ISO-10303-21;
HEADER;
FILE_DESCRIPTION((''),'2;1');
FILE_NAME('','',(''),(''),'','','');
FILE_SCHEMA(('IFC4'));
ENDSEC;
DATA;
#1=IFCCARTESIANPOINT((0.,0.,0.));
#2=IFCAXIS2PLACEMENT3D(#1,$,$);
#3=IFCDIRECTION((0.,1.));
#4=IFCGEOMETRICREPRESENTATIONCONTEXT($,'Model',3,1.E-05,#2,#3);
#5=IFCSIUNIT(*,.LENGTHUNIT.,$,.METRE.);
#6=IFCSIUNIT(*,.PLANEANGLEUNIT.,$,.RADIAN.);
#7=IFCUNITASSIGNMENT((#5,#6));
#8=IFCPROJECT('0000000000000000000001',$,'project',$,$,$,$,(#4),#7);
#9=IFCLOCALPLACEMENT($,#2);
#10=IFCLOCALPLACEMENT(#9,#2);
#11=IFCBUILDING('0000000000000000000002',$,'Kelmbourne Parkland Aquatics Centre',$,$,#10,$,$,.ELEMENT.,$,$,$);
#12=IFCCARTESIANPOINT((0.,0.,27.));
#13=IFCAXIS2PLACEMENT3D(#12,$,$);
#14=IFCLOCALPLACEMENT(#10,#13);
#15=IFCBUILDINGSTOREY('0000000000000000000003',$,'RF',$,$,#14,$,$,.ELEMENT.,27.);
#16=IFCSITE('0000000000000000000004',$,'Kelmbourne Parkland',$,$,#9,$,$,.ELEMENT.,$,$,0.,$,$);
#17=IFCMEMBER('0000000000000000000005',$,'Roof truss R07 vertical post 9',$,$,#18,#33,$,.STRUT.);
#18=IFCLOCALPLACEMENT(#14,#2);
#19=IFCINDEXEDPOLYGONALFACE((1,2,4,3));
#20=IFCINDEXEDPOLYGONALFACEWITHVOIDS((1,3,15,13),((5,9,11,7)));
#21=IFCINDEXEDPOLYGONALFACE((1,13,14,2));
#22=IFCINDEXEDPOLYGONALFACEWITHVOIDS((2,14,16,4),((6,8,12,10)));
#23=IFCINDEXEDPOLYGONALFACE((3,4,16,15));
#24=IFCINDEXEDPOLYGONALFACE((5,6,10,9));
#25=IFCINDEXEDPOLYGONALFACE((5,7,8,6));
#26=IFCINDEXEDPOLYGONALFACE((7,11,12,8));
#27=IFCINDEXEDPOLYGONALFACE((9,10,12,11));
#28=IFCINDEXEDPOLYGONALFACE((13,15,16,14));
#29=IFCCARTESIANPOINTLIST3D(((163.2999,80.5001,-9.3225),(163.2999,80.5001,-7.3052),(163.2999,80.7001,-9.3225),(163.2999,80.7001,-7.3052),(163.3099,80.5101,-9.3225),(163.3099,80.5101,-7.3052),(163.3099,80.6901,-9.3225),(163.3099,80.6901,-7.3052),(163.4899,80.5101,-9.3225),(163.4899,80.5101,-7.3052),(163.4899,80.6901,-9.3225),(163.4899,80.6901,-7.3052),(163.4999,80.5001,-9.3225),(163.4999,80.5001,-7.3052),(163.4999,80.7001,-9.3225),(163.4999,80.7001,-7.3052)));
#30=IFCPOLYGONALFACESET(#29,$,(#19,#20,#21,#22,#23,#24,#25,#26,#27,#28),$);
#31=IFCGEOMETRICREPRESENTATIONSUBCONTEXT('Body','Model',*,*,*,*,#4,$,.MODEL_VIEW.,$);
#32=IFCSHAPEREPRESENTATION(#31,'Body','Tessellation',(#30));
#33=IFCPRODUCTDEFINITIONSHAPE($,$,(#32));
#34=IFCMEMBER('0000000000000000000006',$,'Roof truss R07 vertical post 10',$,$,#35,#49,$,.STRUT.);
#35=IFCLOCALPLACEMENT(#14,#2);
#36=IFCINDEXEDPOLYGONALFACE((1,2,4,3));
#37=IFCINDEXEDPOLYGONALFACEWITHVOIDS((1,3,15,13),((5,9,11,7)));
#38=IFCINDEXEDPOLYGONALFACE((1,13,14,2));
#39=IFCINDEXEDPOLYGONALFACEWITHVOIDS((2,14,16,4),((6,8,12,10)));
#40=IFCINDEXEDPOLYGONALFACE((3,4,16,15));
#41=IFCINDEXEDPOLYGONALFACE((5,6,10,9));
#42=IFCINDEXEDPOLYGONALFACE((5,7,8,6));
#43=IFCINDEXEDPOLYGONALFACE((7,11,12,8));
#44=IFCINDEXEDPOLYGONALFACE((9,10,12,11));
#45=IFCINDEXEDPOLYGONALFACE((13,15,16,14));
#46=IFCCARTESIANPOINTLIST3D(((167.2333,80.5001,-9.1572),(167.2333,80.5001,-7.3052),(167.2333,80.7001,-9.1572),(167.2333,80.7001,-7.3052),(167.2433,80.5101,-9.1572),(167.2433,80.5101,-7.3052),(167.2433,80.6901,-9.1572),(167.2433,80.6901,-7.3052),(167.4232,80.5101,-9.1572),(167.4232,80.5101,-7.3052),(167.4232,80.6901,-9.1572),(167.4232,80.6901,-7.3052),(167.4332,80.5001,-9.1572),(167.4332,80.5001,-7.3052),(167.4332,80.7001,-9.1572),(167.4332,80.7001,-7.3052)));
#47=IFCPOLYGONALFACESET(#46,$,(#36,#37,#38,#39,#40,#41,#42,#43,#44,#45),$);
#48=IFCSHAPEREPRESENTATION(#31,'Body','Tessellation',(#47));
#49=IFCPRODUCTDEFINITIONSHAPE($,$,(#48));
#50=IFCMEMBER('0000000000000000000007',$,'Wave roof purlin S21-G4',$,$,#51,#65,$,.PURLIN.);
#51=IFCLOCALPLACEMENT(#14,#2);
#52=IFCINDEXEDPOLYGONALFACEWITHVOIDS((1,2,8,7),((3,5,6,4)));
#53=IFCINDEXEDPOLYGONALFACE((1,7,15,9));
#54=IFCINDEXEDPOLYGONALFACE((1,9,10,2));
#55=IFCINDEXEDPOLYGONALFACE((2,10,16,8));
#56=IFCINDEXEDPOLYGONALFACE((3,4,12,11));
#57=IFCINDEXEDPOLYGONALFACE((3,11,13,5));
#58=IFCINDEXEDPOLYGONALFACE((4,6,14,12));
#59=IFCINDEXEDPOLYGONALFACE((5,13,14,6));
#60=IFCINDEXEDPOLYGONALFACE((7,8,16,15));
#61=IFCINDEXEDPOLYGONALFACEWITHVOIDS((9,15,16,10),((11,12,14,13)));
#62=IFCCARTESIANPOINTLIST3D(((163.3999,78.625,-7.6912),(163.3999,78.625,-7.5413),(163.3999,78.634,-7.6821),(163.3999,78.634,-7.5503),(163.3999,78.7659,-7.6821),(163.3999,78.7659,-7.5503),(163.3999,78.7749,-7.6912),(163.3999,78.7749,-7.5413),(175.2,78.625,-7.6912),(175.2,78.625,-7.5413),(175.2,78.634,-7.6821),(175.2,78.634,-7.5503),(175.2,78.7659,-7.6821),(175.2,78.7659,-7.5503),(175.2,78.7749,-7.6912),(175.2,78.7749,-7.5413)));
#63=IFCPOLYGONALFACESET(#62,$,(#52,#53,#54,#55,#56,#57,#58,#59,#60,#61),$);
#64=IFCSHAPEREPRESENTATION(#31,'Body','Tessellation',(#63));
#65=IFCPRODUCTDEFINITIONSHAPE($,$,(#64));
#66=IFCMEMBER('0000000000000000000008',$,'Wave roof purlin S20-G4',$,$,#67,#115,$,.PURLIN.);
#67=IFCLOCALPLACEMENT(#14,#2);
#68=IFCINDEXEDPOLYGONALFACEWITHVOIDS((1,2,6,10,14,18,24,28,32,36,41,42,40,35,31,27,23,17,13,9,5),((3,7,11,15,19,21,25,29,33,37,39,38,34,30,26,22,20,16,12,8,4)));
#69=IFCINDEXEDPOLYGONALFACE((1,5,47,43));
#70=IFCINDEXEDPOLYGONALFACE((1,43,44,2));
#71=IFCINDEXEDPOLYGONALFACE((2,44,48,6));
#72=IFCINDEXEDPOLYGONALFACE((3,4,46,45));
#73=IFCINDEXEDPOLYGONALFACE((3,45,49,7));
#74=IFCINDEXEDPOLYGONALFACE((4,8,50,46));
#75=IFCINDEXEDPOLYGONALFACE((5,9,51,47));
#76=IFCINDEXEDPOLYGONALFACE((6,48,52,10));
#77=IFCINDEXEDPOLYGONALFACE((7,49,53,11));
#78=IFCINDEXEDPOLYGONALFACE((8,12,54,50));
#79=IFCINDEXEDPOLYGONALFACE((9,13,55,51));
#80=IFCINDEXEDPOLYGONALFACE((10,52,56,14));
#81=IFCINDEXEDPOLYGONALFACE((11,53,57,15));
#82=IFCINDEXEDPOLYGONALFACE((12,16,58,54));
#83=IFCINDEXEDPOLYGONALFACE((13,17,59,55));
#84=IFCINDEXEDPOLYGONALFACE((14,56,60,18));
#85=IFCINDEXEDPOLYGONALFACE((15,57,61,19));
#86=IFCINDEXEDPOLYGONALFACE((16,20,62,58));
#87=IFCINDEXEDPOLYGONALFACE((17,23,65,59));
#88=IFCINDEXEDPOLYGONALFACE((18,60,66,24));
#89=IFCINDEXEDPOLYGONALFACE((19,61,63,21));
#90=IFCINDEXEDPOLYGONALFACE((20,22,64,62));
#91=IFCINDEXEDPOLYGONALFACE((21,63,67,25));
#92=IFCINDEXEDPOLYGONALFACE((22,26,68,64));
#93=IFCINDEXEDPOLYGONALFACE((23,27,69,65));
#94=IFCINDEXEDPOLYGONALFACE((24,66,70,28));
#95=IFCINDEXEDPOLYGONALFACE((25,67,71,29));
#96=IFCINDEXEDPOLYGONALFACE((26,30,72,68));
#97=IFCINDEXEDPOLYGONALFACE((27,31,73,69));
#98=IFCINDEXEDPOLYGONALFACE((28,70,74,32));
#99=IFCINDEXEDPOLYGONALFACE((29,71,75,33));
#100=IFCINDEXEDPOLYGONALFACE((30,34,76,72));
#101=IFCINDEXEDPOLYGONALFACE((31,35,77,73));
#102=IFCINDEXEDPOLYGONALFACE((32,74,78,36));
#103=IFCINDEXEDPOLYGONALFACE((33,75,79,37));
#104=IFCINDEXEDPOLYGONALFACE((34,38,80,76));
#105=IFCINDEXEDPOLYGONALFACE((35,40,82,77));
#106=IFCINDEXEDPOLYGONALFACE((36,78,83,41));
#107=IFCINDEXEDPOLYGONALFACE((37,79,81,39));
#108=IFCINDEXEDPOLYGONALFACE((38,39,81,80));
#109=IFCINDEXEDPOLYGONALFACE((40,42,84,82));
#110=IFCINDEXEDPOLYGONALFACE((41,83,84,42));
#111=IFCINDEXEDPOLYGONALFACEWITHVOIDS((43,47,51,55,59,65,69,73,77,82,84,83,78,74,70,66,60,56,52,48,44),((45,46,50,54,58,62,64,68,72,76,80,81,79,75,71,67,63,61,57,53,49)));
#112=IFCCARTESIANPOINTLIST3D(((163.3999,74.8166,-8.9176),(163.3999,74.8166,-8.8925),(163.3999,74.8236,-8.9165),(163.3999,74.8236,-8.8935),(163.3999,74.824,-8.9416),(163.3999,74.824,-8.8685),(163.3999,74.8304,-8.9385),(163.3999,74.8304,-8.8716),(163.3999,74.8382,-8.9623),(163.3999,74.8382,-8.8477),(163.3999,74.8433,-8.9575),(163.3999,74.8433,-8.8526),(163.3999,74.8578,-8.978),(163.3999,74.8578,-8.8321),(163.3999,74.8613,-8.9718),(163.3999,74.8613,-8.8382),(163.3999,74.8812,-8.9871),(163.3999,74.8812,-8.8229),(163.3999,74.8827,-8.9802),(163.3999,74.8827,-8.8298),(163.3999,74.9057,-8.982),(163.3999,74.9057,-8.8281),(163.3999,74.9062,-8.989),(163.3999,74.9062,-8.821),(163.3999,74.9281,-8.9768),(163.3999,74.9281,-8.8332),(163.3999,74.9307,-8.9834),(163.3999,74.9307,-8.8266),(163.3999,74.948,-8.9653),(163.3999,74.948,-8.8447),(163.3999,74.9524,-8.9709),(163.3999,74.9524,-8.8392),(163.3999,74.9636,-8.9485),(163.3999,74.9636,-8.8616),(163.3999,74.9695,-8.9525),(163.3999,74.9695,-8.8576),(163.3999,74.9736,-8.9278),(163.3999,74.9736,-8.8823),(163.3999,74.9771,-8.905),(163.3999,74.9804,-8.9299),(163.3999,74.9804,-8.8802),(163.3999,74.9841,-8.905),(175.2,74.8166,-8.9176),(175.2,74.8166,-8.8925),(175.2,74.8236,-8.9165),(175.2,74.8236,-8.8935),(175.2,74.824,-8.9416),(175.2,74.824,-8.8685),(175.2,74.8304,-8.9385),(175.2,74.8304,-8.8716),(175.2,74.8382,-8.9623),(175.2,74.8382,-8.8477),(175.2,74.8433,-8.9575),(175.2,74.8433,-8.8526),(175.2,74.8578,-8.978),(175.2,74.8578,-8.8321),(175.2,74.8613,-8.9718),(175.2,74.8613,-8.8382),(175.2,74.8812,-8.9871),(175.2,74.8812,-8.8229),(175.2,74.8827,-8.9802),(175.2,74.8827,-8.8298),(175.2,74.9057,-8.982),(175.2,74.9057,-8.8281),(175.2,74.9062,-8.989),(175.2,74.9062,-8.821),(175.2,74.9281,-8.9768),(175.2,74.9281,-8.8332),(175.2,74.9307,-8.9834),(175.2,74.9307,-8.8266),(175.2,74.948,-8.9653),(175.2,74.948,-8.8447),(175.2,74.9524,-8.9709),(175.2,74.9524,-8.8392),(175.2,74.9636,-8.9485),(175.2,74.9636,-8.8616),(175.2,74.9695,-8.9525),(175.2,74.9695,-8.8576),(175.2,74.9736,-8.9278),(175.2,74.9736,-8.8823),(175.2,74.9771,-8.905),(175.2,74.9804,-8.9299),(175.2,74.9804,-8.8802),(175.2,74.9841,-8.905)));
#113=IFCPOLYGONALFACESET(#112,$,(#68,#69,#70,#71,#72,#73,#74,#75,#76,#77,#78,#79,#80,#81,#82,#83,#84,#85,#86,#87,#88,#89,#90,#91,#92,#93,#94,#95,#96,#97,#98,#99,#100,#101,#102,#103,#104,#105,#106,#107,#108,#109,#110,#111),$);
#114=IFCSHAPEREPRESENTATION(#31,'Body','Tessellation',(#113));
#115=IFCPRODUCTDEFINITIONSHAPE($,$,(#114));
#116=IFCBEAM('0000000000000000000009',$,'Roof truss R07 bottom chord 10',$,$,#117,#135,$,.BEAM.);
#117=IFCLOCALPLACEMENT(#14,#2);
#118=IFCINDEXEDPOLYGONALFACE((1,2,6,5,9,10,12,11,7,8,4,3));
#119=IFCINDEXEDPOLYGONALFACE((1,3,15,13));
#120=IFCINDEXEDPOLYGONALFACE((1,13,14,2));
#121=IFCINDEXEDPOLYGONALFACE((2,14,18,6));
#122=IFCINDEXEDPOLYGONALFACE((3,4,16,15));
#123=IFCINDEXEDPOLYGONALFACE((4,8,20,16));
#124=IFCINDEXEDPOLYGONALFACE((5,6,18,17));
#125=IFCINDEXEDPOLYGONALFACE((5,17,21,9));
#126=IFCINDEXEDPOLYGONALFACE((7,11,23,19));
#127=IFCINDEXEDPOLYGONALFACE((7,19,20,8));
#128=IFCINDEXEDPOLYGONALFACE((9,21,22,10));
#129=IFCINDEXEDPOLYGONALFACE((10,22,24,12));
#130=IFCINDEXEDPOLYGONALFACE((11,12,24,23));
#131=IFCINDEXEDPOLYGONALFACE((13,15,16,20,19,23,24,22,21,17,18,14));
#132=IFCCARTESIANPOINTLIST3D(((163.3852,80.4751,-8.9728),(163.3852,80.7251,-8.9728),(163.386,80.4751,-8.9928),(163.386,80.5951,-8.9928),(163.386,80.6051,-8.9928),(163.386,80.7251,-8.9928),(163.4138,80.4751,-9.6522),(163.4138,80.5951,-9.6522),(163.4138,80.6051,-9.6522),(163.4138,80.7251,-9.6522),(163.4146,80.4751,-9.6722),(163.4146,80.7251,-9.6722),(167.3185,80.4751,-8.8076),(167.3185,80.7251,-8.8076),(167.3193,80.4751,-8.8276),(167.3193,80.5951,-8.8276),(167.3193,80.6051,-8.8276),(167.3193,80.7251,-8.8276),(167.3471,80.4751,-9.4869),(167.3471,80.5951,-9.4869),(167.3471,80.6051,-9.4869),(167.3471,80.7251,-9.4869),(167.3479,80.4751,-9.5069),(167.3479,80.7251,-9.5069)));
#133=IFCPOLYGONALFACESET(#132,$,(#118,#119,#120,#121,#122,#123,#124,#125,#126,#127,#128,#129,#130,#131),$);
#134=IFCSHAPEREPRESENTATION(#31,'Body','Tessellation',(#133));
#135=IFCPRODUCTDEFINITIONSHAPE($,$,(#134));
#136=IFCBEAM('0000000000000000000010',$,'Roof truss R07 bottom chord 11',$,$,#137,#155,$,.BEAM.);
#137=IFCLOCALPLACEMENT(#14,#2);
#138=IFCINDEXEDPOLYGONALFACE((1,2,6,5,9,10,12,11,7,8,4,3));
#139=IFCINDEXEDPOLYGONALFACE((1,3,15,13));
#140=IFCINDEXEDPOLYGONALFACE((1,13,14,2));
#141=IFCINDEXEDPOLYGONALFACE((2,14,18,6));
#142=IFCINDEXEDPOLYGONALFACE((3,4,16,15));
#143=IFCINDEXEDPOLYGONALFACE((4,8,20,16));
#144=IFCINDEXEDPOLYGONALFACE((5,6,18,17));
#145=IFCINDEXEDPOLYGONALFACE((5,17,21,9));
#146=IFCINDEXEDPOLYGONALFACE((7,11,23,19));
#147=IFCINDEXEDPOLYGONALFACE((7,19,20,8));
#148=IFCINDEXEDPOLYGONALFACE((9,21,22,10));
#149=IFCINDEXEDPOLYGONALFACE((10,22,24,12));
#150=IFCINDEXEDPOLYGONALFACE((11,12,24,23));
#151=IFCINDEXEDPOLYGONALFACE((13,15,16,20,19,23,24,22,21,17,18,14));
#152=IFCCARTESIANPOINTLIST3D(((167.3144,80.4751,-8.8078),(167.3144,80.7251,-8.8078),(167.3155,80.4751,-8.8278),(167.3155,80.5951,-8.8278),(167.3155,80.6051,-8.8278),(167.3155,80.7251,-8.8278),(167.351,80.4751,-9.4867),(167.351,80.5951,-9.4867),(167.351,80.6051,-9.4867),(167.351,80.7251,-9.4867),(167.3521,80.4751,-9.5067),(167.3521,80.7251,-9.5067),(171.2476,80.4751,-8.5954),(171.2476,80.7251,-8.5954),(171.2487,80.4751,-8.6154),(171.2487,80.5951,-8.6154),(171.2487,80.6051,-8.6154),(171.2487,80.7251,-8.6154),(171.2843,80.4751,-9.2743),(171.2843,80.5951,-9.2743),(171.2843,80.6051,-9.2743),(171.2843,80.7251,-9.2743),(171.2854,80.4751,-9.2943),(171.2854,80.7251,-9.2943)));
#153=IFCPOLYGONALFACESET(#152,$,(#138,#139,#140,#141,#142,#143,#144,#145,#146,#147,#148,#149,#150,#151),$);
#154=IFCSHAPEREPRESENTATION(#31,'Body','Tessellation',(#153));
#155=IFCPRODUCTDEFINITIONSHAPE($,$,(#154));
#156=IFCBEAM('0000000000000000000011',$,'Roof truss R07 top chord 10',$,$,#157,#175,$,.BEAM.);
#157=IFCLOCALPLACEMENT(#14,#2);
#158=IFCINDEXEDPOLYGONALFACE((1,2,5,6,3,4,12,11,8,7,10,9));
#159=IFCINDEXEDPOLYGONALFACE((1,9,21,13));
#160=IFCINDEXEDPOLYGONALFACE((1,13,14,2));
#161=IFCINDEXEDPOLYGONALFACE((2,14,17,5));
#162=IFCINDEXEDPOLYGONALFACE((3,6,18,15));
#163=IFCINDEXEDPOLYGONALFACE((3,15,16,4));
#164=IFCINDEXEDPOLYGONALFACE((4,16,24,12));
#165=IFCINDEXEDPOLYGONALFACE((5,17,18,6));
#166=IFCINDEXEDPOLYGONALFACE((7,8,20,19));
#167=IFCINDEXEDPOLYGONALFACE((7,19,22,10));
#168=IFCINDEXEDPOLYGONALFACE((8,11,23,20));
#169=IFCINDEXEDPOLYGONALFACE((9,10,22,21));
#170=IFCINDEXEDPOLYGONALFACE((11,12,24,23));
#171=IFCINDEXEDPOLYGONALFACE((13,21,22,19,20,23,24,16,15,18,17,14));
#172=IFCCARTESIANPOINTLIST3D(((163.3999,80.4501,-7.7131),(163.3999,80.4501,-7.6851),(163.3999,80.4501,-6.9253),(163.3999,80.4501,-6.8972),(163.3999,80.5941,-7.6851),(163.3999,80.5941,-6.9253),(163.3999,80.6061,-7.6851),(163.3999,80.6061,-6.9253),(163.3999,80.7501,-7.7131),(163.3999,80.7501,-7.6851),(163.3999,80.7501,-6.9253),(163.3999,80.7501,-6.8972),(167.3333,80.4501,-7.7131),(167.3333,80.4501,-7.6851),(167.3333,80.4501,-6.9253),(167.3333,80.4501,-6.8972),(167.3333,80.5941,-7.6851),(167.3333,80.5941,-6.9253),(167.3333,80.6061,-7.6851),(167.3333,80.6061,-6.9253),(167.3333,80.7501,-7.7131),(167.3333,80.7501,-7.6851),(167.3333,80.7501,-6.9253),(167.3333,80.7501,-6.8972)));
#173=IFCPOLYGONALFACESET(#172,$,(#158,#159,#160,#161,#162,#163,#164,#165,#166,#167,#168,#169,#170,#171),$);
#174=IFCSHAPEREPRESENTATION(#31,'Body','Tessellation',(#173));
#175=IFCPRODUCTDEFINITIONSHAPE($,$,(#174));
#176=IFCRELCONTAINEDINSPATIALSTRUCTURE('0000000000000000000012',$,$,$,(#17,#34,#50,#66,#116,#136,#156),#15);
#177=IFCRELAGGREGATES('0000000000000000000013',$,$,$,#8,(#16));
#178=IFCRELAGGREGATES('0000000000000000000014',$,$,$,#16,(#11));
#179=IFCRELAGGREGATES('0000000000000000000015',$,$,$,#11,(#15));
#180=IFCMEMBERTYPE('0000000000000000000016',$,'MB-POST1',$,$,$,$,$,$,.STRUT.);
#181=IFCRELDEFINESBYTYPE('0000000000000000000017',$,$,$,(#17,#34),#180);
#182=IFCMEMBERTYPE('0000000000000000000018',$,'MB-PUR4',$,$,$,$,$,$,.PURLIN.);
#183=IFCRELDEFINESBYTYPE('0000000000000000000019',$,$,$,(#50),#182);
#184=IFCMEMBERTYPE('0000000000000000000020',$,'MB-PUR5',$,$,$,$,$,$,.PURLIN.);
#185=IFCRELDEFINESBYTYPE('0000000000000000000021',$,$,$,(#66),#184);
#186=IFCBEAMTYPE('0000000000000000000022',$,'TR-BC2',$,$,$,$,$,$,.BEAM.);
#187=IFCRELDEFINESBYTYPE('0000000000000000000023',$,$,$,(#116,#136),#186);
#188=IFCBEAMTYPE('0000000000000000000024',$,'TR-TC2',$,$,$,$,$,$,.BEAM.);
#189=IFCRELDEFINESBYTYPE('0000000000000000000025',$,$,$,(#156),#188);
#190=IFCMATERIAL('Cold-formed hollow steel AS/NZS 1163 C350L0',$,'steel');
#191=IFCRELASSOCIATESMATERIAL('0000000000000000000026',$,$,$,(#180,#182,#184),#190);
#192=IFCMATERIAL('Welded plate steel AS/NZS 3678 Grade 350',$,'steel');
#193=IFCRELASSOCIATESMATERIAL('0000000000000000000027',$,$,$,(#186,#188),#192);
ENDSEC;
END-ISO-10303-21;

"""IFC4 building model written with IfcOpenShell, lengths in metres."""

from ifc_helpers import new_model, si_unit, direction, frame, origin, origin_2d, place, context, subcontext, project, spatial, hollow_rectangle, hollow_circle, i_section, extrude, material, material_profile, profile_set, type_object, element, save


model = new_model("IFC4")

# Units and contexts
model_context = context("Model", 3, precision=1e-05, world=origin(), true_north=direction((0.0, 1.0)))
body_context = subcontext(model_context, "Body", "Model", "MODEL_VIEW")
ifc_project = project(units=[si_unit("LENGTHUNIT", "METRE"), si_unit("PLANEANGLEUNIT", "RADIAN")], contexts=[model_context])

# Site, building, storey
site_placement = place(None, origin())
site = spatial("IfcSite", under=ifc_project, at=site_placement, Name="Kelmbourne Parkland", CompositionType="ELEMENT", RefElevation=0.0)
building_placement = place(site_placement, origin())
building = spatial("IfcBuilding", under=site, at=building_placement, Name="Kelmbourne Parkland Aquatics Centre", CompositionType="ELEMENT")
storey_placement = place(building_placement, frame((0.0, 0.0, 27.0)))
storey = spatial("IfcBuildingStorey", under=building, at=storey_placement, Name="RF", CompositionType="ELEMENT", Elevation=27.0)

# Members
ifc_material_1 = material(Name="Cold-formed hollow steel AS/NZS 1163 C350L0", Category="steel")
ifc_material_profile_1 = material_profile(ifc_material_1, hollow_rectangle(XDim=0.2, YDim=0.2, WallThickness=0.01, at=origin_2d()), Name="SHS 200x200x10.0")
ifc_profile_set_1 = profile_set([ifc_material_profile_1], Name="Cold-formed hollow steel AS/NZS 1163 C350L0")
member_type_1 = type_object("IfcMemberType", Name="MB-POST1", PredefinedType="STRUT", material=ifc_profile_set_1)
member_1_placement = place(storey_placement, frame((163.3999, 80.6001, -9.3225), z_axis=(0.0, 0.0, 1.0), x_axis=(1.0, 0.0, 0.0)))
element("IfcMember", 1, at=member_1_placement, inside=storey, type_object=member_type_1, Name="Roof truss R07 vertical post 9", PredefinedType="STRUT", context=body_context, shape_type="SweptSolid", body=[
    extrude(hollow_rectangle(XDim=0.2, YDim=0.2, WallThickness=0.01, at=origin_2d()), origin(), (0.0, 0.0, 1.0), 2.0173),
])
member_2_placement = place(storey_placement, frame((167.3333, 80.6001, -9.1572), z_axis=(0.0, 0.0, 1.0), x_axis=(1.0, 0.0, 0.0)))
element("IfcMember", 2, at=member_2_placement, inside=storey, type_object=member_type_1, Name="Roof truss R07 vertical post 10", PredefinedType="STRUT", context=body_context, shape_type="SweptSolid", body=[
    extrude(hollow_rectangle(XDim=0.2, YDim=0.2, WallThickness=0.01, at=origin_2d()), origin(), (0.0, 0.0, 1.0), 1.8521),
])
ifc_material_profile_2 = material_profile(ifc_material_1, hollow_rectangle(XDim=0.1499, YDim=0.1499, WallThickness=0.009, at=origin_2d()), Name="SHS 150x150x9.0")
ifc_profile_set_2 = profile_set([ifc_material_profile_2], Name="Cold-formed hollow steel AS/NZS 1163 C350L0")
member_type_2 = type_object("IfcMemberType", Name="MB-PUR4", PredefinedType="PURLIN", material=ifc_profile_set_2)
member_3_placement = place(storey_placement, frame((163.3999, 78.7, -7.6162), z_axis=(1.0, 0.0, 0.0), x_axis=(0.0, 1.0, 0.0)))
element("IfcMember", 3, at=member_3_placement, inside=storey, type_object=member_type_2, Name="Wave roof purlin S21-G4", PredefinedType="PURLIN", context=body_context, shape_type="SweptSolid", body=[
    extrude(hollow_rectangle(XDim=0.1499, YDim=0.1499, WallThickness=0.009, at=origin_2d()), origin(), (0.0, 0.0, 1.0), 11.8),
])
ifc_material_profile_3 = material_profile(ifc_material_1, hollow_circle(Radius=0.0842, WallThickness=0.0071, at=origin_2d()), Name="CHS 168.3x7.1")
ifc_profile_set_3 = profile_set([ifc_material_profile_3], Name="Cold-formed hollow steel AS/NZS 1163 C350L0")
member_type_3 = type_object("IfcMemberType", Name="MB-PUR5", PredefinedType="PURLIN", material=ifc_profile_set_3)
member_4_placement = place(storey_placement, frame((163.3999, 74.8999, -8.905), z_axis=(1.0, 0.0, 0.0), x_axis=(0.0, 1.0, 0.0)))
element("IfcMember", 4, at=member_4_placement, inside=storey, type_object=member_type_3, Name="Wave roof purlin S20-G4", PredefinedType="PURLIN", context=body_context, shape_type="SweptSolid", body=[
    extrude(hollow_circle(Radius=0.0842, WallThickness=0.0071, at=origin_2d()), origin(), (0.0, 0.0, 1.0), 11.8),
])

# Beams
ifc_material_2 = material(Name="Welded plate steel AS/NZS 3678 Grade 350", Category="steel")
ifc_material_profile_4 = material_profile(ifc_material_2, i_section(OverallWidth=0.25, OverallDepth=0.7, WebThickness=0.01, FlangeThickness=0.02, at=origin_2d()), Name="700WB130")
ifc_profile_set_4 = profile_set([ifc_material_profile_4], Name="Welded plate steel AS/NZS 3678 Grade 350")
beam_type_1 = type_object("IfcBeamType", Name="TR-BC2", PredefinedType="BEAM", material=ifc_profile_set_4)
beam_1_placement = place(storey_placement, frame((163.3999, 80.6001, -9.3225), z_axis=(0.999118, 0.0, 0.041984), x_axis=(0.0, 1.0, 0.0)))
element("IfcBeam", 5, at=beam_1_placement, inside=storey, type_object=beam_type_1, Name="Roof truss R07 bottom chord 10", PredefinedType="BEAM", context=body_context, shape_type="SweptSolid", body=[
    extrude(i_section(OverallWidth=0.25, OverallDepth=0.7, WebThickness=0.01, FlangeThickness=0.02, at=origin_2d()), origin(), (0.0, 0.0, 1.0), 3.9368),
])
beam_2_placement = place(storey_placement, frame((167.3333, 80.6001, -9.1572), z_axis=(0.998545, 0.0, 0.053922), x_axis=(0.0, 1.0, 0.0)))
element("IfcBeam", 6, at=beam_2_placement, inside=storey, type_object=beam_type_1, Name="Roof truss R07 bottom chord 11", PredefinedType="BEAM", context=body_context, shape_type="SweptSolid", body=[
    extrude(i_section(OverallWidth=0.25, OverallDepth=0.7, WebThickness=0.01, FlangeThickness=0.02, at=origin_2d()), origin(), (0.0, 0.0, 1.0), 3.939),
])
ifc_material_profile_5 = material_profile(ifc_material_2, i_section(OverallWidth=0.3, OverallDepth=0.8159, WebThickness=0.012, FlangeThickness=0.0281, at=origin_2d()), Name="800WB192")
ifc_profile_set_5 = profile_set([ifc_material_profile_5], Name="Welded plate steel AS/NZS 3678 Grade 350")
beam_type_2 = type_object("IfcBeamType", Name="TR-TC2", PredefinedType="BEAM", material=ifc_profile_set_5)
for number, where, z_axis, x_axis, name in (
    (7, (163.3999, 80.6001, -7.3052), (1.0, 0.0, 0.0), (0.0, 1.0, 0.0), "Roof truss R07 top chord 10"),
):
    element("IfcBeam", number, at=place(storey_placement, frame(where, z_axis=z_axis, x_axis=x_axis)), inside=storey, type_object=beam_type_2, Name=name, PredefinedType="BEAM", context=body_context, shape_type="SweptSolid", body=[
        extrude(i_section(OverallWidth=0.3, OverallDepth=0.8159, WebThickness=0.012, FlangeThickness=0.0281, at=origin_2d()), origin(), (0.0, 0.0, 1.0), 3.9333),
    ])

save(model, "model.ifc")
